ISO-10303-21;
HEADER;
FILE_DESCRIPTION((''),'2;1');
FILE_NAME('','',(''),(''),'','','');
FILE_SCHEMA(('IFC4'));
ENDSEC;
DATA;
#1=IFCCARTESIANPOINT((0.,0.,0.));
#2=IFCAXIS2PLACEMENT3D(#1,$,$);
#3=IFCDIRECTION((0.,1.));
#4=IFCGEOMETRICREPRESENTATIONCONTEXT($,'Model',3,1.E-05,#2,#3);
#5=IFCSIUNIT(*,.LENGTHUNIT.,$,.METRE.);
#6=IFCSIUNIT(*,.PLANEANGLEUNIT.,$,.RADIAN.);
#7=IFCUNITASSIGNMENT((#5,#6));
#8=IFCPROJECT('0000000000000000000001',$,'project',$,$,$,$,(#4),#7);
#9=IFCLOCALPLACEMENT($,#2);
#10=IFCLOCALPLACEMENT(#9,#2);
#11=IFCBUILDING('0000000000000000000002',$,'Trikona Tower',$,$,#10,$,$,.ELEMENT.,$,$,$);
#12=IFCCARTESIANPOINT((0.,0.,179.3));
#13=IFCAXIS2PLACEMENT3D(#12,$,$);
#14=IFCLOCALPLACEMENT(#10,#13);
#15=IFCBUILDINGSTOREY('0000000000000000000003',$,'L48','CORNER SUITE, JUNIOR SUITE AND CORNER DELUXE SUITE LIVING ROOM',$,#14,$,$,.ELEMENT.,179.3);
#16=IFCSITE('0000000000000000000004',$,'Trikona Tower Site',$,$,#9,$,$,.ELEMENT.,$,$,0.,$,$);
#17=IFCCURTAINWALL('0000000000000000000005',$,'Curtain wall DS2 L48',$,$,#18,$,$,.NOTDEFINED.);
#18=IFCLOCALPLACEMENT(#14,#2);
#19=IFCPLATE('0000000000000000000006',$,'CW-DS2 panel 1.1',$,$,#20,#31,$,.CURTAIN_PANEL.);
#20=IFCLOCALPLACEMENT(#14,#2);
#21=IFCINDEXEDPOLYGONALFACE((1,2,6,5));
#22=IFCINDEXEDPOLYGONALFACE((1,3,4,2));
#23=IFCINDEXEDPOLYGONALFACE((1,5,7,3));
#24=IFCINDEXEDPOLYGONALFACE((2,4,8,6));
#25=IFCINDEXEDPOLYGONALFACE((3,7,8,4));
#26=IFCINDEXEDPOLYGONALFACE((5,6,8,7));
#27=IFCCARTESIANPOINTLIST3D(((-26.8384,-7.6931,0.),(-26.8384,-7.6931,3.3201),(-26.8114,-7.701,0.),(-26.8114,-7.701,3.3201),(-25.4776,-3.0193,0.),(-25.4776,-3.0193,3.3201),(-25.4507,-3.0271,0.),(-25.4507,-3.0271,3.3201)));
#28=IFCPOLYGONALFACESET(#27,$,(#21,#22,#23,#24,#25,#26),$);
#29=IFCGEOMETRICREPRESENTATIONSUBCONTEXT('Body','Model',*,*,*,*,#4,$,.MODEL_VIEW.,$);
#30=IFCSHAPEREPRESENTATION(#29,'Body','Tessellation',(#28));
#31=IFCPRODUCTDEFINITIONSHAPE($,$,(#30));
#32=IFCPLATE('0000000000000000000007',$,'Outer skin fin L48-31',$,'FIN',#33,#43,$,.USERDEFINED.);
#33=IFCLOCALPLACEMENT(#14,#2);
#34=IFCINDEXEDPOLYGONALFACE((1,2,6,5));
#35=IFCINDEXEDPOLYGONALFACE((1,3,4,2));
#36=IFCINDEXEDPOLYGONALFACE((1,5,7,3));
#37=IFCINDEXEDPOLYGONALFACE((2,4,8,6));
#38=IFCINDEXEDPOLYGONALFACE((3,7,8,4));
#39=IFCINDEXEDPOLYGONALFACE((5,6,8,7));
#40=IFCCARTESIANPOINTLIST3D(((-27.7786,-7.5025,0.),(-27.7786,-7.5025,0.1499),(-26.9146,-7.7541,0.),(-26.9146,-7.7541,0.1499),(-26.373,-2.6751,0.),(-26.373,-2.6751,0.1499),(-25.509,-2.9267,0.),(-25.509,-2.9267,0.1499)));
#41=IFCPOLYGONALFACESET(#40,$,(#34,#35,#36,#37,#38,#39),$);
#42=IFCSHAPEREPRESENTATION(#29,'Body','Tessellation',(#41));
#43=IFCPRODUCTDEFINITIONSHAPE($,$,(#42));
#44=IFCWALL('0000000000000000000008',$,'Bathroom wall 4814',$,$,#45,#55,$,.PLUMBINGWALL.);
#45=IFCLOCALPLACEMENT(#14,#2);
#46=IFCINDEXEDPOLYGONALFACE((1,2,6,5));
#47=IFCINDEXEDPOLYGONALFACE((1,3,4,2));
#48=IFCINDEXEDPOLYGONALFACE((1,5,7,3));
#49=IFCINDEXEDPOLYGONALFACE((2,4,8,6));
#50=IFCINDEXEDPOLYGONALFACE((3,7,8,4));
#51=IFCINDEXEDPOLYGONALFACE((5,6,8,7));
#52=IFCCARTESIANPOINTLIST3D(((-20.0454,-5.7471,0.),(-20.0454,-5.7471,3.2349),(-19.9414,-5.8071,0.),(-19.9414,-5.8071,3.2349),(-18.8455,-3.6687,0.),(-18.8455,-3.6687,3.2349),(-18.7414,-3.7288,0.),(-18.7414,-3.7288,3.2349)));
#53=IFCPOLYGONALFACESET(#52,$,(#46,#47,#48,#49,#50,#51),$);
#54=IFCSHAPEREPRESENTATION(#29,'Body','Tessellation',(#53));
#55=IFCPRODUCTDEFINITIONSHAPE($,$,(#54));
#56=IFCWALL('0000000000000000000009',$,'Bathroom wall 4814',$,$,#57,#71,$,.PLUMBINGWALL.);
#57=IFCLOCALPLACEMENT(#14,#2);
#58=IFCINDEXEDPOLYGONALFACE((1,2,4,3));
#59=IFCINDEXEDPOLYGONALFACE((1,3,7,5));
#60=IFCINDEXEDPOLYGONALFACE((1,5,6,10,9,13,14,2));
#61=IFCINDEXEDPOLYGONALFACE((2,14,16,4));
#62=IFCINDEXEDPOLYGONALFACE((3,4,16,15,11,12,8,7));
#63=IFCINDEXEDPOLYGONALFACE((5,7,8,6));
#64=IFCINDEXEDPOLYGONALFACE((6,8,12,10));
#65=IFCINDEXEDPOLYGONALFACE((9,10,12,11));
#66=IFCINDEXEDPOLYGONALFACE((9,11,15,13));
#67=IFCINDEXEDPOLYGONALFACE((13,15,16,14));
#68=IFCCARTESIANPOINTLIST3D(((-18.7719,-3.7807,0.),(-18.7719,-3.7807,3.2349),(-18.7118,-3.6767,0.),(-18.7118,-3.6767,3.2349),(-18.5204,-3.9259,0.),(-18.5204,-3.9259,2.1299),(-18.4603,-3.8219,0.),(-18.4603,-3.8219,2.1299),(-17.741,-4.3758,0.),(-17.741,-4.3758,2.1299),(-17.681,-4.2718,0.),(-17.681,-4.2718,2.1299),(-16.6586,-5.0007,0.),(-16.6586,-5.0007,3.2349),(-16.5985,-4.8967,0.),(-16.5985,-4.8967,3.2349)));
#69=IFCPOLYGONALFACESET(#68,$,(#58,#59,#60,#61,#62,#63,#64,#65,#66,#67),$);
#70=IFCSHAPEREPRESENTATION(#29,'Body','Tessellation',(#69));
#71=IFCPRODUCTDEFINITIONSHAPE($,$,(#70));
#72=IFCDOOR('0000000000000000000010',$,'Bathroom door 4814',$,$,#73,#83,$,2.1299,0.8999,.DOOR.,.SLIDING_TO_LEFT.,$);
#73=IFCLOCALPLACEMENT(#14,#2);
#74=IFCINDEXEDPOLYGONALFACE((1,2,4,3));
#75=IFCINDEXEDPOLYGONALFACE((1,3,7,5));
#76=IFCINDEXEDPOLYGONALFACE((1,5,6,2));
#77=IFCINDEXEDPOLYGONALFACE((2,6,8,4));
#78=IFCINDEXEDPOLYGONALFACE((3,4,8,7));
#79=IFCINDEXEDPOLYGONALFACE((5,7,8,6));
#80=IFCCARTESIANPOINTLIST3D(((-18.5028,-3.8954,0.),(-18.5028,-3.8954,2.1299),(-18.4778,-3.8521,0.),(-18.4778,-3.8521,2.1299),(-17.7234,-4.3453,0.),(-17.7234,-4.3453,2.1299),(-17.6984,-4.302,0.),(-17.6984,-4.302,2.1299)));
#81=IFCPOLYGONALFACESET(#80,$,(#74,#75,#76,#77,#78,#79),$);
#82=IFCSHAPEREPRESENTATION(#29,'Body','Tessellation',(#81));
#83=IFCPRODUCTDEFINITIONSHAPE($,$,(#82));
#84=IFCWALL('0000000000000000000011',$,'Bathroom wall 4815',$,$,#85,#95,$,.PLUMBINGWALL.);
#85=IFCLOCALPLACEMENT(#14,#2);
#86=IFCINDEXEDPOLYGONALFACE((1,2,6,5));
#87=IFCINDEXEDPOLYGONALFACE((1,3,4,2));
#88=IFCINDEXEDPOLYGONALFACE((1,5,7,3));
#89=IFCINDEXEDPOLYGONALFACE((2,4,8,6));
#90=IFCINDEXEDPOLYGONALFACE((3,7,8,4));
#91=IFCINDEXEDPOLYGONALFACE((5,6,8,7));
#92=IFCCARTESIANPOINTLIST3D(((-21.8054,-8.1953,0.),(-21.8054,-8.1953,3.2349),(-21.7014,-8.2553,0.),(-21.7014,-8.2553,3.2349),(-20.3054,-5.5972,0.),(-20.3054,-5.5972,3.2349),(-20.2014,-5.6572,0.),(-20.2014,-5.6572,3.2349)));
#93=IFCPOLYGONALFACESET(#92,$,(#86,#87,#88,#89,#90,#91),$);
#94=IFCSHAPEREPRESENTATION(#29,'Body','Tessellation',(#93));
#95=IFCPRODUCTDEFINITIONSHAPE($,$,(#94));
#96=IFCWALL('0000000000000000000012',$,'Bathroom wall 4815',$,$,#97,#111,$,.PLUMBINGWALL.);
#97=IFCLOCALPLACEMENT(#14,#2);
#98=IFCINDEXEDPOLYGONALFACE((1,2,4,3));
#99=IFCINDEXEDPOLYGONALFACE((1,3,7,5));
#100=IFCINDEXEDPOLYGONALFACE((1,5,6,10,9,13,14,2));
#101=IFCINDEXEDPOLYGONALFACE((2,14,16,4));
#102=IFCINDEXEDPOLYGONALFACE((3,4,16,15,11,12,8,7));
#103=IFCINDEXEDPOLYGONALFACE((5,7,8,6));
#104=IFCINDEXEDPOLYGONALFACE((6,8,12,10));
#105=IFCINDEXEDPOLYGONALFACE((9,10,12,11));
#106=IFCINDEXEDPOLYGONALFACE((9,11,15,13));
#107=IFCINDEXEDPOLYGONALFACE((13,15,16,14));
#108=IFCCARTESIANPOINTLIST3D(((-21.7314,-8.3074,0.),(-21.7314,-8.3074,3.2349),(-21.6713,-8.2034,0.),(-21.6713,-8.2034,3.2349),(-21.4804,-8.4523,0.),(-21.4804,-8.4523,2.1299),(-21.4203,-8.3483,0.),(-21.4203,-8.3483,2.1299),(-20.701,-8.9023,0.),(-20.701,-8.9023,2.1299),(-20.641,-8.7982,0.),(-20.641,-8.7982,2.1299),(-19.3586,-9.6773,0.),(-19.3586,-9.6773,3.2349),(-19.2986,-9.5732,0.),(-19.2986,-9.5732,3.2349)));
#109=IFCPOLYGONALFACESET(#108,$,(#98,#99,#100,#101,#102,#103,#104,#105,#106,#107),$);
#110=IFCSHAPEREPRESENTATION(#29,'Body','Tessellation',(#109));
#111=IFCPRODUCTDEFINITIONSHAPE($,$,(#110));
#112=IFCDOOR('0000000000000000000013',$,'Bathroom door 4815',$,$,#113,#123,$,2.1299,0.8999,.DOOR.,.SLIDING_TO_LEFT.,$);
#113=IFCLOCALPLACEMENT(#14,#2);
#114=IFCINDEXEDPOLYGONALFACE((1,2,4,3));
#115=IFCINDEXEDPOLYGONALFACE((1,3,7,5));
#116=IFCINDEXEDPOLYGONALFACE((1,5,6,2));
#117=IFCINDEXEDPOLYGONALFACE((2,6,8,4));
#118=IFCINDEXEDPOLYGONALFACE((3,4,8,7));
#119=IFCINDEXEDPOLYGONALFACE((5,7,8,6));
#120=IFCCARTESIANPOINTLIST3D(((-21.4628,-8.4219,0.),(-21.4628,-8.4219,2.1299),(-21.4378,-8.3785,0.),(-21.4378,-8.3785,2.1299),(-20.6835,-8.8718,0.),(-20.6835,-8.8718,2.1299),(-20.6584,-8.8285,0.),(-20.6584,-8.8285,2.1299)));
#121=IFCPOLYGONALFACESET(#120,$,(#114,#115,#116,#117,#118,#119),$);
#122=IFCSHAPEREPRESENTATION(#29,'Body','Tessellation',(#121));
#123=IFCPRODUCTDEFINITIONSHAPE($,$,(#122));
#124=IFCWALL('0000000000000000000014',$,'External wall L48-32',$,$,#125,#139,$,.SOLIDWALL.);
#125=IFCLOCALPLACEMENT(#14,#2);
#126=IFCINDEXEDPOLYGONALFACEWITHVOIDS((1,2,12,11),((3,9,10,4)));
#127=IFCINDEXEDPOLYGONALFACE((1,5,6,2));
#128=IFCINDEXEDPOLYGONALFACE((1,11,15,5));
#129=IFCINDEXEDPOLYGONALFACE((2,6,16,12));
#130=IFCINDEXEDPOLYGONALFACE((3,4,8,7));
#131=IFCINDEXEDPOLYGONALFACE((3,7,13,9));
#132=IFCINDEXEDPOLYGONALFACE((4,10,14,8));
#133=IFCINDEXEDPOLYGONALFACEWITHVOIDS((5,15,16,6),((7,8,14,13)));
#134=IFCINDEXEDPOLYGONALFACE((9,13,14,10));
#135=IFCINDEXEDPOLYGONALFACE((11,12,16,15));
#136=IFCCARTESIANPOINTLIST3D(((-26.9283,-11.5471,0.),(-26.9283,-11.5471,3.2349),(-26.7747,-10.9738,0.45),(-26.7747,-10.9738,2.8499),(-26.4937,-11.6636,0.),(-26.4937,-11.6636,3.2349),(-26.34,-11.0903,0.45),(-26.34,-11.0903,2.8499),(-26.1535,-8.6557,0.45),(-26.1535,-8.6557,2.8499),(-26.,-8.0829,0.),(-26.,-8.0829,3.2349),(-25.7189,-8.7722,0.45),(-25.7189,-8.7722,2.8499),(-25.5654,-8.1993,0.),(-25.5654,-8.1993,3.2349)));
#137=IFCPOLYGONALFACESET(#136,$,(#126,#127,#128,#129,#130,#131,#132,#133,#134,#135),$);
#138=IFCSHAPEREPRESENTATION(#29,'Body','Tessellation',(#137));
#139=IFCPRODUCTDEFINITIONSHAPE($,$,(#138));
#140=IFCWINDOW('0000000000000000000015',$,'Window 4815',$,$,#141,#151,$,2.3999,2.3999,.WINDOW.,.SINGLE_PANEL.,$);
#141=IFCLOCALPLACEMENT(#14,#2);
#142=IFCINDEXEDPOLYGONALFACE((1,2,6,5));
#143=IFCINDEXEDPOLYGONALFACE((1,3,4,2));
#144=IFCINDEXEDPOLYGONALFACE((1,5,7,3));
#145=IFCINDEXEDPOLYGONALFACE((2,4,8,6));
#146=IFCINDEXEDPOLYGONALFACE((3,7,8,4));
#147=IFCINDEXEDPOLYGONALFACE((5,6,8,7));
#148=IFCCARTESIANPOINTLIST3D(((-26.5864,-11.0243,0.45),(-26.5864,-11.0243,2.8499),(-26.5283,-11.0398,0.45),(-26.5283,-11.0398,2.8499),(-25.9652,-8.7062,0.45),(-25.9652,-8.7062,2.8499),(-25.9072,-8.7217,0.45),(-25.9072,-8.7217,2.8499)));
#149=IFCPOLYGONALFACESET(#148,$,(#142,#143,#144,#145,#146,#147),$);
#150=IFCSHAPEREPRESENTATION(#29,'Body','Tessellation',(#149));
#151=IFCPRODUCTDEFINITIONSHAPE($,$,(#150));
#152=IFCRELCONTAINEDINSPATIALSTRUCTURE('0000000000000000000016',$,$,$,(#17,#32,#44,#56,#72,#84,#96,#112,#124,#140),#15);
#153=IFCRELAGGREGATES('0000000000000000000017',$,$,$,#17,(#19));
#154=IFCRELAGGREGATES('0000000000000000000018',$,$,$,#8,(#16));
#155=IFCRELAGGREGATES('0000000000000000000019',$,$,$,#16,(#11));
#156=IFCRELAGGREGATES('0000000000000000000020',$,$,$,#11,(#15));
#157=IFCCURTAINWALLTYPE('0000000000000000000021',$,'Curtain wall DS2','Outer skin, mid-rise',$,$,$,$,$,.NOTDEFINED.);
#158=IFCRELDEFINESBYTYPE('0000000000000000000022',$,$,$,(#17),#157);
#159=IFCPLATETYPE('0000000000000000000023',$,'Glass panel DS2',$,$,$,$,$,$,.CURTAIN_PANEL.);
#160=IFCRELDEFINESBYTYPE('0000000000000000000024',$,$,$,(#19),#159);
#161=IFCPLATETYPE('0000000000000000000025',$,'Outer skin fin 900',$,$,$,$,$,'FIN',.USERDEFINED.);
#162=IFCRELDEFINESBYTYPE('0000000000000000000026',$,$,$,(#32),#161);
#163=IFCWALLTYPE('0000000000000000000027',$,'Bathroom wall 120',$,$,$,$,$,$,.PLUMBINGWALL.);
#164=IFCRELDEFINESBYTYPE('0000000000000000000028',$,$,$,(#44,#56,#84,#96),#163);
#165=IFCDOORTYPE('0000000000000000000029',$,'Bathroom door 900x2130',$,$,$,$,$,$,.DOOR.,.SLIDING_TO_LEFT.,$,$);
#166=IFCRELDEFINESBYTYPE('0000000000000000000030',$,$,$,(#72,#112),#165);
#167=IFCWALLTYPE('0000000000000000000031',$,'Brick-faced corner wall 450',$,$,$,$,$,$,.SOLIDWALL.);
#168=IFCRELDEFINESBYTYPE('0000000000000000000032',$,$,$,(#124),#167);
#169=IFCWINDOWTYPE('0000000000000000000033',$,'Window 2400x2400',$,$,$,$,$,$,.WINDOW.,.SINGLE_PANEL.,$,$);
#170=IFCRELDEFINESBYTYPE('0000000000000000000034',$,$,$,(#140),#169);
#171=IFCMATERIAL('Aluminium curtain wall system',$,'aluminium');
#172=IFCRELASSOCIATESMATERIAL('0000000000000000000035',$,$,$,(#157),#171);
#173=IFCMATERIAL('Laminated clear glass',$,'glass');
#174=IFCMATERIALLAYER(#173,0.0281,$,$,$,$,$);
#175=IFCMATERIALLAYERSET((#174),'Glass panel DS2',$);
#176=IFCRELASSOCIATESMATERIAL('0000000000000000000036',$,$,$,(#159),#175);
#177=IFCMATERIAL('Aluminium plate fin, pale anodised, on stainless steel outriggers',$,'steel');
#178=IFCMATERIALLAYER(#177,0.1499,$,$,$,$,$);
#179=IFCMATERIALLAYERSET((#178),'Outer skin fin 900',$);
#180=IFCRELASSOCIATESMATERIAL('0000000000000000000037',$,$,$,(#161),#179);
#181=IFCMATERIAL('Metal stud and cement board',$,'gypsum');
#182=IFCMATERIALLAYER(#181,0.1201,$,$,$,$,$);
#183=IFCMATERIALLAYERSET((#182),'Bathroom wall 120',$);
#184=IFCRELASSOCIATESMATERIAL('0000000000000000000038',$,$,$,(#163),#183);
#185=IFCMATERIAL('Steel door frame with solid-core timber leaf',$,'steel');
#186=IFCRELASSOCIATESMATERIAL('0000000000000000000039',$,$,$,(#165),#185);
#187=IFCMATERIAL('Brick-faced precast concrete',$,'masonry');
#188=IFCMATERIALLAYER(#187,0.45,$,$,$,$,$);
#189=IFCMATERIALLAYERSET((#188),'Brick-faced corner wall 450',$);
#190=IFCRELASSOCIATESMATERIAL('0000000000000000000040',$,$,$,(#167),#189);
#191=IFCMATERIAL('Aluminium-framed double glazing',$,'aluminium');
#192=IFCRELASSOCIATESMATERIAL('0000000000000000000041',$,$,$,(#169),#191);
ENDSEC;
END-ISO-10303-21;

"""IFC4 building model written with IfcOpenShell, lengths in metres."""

from ifc_helpers import new_model, si_unit, direction, frame, frame_2d, origin, origin_2d, place, context, subcontext, project, spatial, rectangle, extrude, material, layer, layer_set, type_object, element, fill, aggregate, save


model = new_model("IFC4")

# Units and contexts
model_context = context("Model", 3, precision=1e-05, world=origin(), true_north=direction((0.0, 1.0)))
body_context = subcontext(model_context, "Body", "Model", "MODEL_VIEW")
ifc_project = project(units=[si_unit("LENGTHUNIT", "METRE"), si_unit("PLANEANGLEUNIT", "RADIAN")], contexts=[model_context])

# Site, building, storey
site_placement = place(None, origin())
site = spatial("IfcSite", under=ifc_project, at=site_placement, Name="Trikona Tower Site", CompositionType="ELEMENT", RefElevation=0.0)
building_placement = place(site_placement, origin())
building = spatial("IfcBuilding", under=site, at=building_placement, Name="Trikona Tower", CompositionType="ELEMENT")
storey_placement = place(building_placement, frame((0.0, 0.0, 179.3)))
storey = spatial("IfcBuildingStorey", under=building, at=storey_placement, Name="L48", Description="CORNER SUITE, JUNIOR SUITE AND CORNER DELUXE SUITE LIVING ROOM", CompositionType="ELEMENT", Elevation=179.3)

# Shared definitions
ifc_material_1 = material(Name="Aluminium curtain wall system", Category="aluminium")
curtain_wall_type = type_object("IfcCurtainWallType", Name="Curtain wall DS2", Description="Outer skin, mid-rise", PredefinedType="NOTDEFINED", material=ifc_material_1)

# Curtain wall
curtain_wall_1_placement = place(storey_placement, origin())
curtain_wall_1 = element("IfcCurtainWall", 1, at=curtain_wall_1_placement, inside=storey, type_object=curtain_wall_type, Name="Curtain wall DS2 L48", PredefinedType="NOTDEFINED")

# Plates
ifc_material_2 = material(Name="Laminated clear glass", Category="glass")
ifc_layer_1 = layer(ifc_material_2, 0.0281)
ifc_layer_set_1 = layer_set([ifc_layer_1], Name="Glass panel DS2")
plate_type_1 = type_object("IfcPlateType", Name="Glass panel DS2", PredefinedType="CURTAIN_PANEL", material=ifc_layer_set_1)
plate_1_placement = place(storey_placement, frame((-26.1445, -5.3601, 0.0), z_axis=(0.0, 0.0, 1.0), x_axis=(-0.279543, -0.960133, 0.0)))
plate_1 = element("IfcPlate", 2, at=plate_1_placement, type_object=plate_type_1, Name="CW-DS2 panel 1.1", PredefinedType="CURTAIN_PANEL", context=body_context, shape_type="SweptSolid", body=[
    extrude(rectangle(XDim=4.8679, YDim=0.0281, at=origin_2d()), origin(), (0.0, 0.0, 1.0), 3.3201),
])
aggregate(curtain_wall_1, [plate_1])
ifc_material_3 = material(Name="Aluminium plate fin, pale anodised, on stainless steel outriggers", Category="steel")
ifc_layer_2 = layer(ifc_material_3, 0.1499)
ifc_layer_set_2 = layer_set([ifc_layer_2], Name="Outer skin fin 900")
plate_type_2 = type_object("IfcPlateType", Name="Outer skin fin 900", ElementType="FIN", PredefinedType="USERDEFINED", material=ifc_layer_set_2)
plate_2_placement = place(storey_placement, frame((-26.6438, -5.2146, 0.0), z_axis=(0.0, 0.0, 1.0), x_axis=(-0.279554, -0.96013, 0.0)))
element("IfcPlate", 3, at=plate_2_placement, inside=storey, type_object=plate_type_2, Name="Outer skin fin L48-31", ObjectType="FIN", PredefinedType="USERDEFINED", context=body_context, shape_type="SweptSolid", body=[
    extrude(rectangle(XDim=5.0278, YDim=0.8999, at=origin_2d()), origin(), (0.0, 0.0, 1.0), 0.1499),
])

# Wall
ifc_material_4 = material(Name="Metal stud and cement board", Category="gypsum")
ifc_layer_3 = layer(ifc_material_4, 0.1201)
ifc_layer_set_3 = layer_set([ifc_layer_3], Name="Bathroom wall 120")
wall_type_1 = type_object("IfcWallType", Name="Bathroom wall 120", PredefinedType="PLUMBINGWALL", material=ifc_layer_set_3)
wall_1_placement = place(storey_placement, frame((-18.7935, -3.6987, 0.0), z_axis=(0.0, 0.0, 1.0), x_axis=(-0.500001, -0.866025, 0.0)))
element("IfcWall", 4, at=wall_1_placement, inside=storey, type_object=wall_type_1, Name="Bathroom wall 4814", PredefinedType="PLUMBINGWALL", context=body_context, shape_type="SweptSolid", body=[
    extrude(rectangle(XDim=2.3999, YDim=0.1201, at=frame_2d((1.2, 0.0))), origin(), (0.0, 0.0, 1.0), 3.2349),
])

# Wall, opening, door
wall_2_placement = place(storey_placement, frame((-16.6284, -4.9487, 0.0), z_axis=(0.0, 0.0, 1.0), x_axis=(-0.866049, 0.499959, 0.0)))
wall_2 = element("IfcWall", 5, at=wall_2_placement, inside=storey, type_object=wall_type_1, Name="Bathroom wall 4814", PredefinedType="PLUMBINGWALL", context=body_context, shape_type="SweptSolid", body=[
    extrude(rectangle(XDim=2.4402, YDim=0.1201, at=frame_2d((1.2202, 0.0))), origin(), (0.0, 0.0, 1.0), 3.2349),
])
opening_1_placement = place(wall_2_placement, frame((1.25, 0.0, 0.0)))
opening_1 = element("IfcOpeningElement", 6, at=opening_1_placement, cuts=wall_2, PredefinedType="OPENING", context=body_context, shape_type="SweptSolid", body=[
    extrude(rectangle(XDim=0.8999, YDim=2.1299, at=frame_2d((0.45, 1.0649))), frame((0.0, 0.0701, 0.0), z_axis=(0.0, -1.0, 0.0), x_axis=(1.0, 0.0, 0.0)), (0.0, 0.0, 1.0), 0.1401),
])
ifc_material_5 = material(Name="Steel door frame with solid-core timber leaf", Category="steel")
door_type_1 = type_object("IfcDoorType", Name="Bathroom door 900x2130", OperationType="SLIDING_TO_LEFT", PredefinedType="DOOR", material=ifc_material_5)
door_1_placement = place(opening_1_placement, origin())
door_1 = element("IfcDoor", 7, at=door_1_placement, inside=storey, type_object=door_type_1, Name="Bathroom door 4814", OperationType="SLIDING_TO_LEFT", OverallHeight=2.1299, OverallWidth=0.8999, PredefinedType="DOOR", context=body_context, shape_type="SweptSolid", body=[
    extrude(rectangle(XDim=0.8999, YDim=2.1299, at=frame_2d((0.45, 1.0649))), frame((0.0, 0.0249, 0.0), z_axis=(0.0, -1.0, 0.0), x_axis=(1.0, 0.0, 0.0)), (0.0, 0.0, 1.0), 0.05),
])
fill(opening_1, door_1)

# Wall
wall_3_placement = place(storey_placement, frame((-20.2534, -5.6272, 0.0), z_axis=(0.0, 0.0, 1.0), x_axis=(-0.49999, -0.866031, 0.0)))
element("IfcWall", 8, at=wall_3_placement, inside=storey, type_object=wall_type_1, Name="Bathroom wall 4815", PredefinedType="PLUMBINGWALL", context=body_context, shape_type="SweptSolid", body=[
    extrude(rectangle(XDim=3.0, YDim=0.1201, at=frame_2d((1.5, 0.0))), origin(), (0.0, 0.0, 1.0), 3.2349),
])

# Wall, opening, door
wall_4_placement = place(storey_placement, frame((-19.3286, -9.6252, 0.0), z_axis=(0.0, 0.0, 1.0), x_axis=(-0.866036, 0.499982, 0.0)))
wall_4 = element("IfcWall", 9, at=wall_4_placement, inside=storey, type_object=wall_type_1, Name="Bathroom wall 4815", PredefinedType="PLUMBINGWALL", context=body_context, shape_type="SweptSolid", body=[
    extrude(rectangle(XDim=2.7397, YDim=0.1201, at=frame_2d((1.3699, 0.0))), origin(), (0.0, 0.0, 1.0), 3.2349),
])
opening_2_placement = place(wall_4_placement, frame((1.55, 0.0, 0.0)))
opening_2 = element("IfcOpeningElement", 10, at=opening_2_placement, cuts=wall_4, PredefinedType="OPENING", context=body_context, shape_type="SweptSolid", body=[
    extrude(rectangle(XDim=0.8999, YDim=2.1299, at=frame_2d((0.45, 1.0649))), frame((0.0, 0.0701, 0.0), z_axis=(0.0, -1.0, 0.0), x_axis=(1.0, 0.0, 0.0)), (0.0, 0.0, 1.0), 0.1401),
])
door_2_placement = place(opening_2_placement, origin())
door_2 = element("IfcDoor", 11, at=door_2_placement, inside=storey, type_object=door_type_1, Name="Bathroom door 4815", OperationType="SLIDING_TO_LEFT", OverallHeight=2.1299, OverallWidth=0.8999, PredefinedType="DOOR", context=body_context, shape_type="SweptSolid", body=[
    extrude(rectangle(XDim=0.8999, YDim=2.1299, at=frame_2d((0.45, 1.0649))), frame((0.0, 0.0249, 0.0), z_axis=(0.0, -1.0, 0.0), x_axis=(1.0, 0.0, 0.0)), (0.0, 0.0, 1.0), 0.05),
])
fill(opening_2, door_2)

# Wall, opening, window
ifc_material_6 = material(Name="Brick-faced precast concrete", Category="masonry")
ifc_layer_4 = layer(ifc_material_6, 0.45)
ifc_layer_set_4 = layer_set([ifc_layer_4], Name="Brick-faced corner wall 450")
wall_type_2 = type_object("IfcWallType", Name="Brick-faced corner wall 450", PredefinedType="SOLIDWALL", material=ifc_layer_set_4)
wall_5_placement = place(storey_placement, frame((-25.7827, -8.1411, 0.0), z_axis=(0.0, 0.0, 1.0), x_axis=(-0.258823, -0.965925, 0.0)))
wall_5 = element("IfcWall", 12, at=wall_5_placement, inside=storey, type_object=wall_type_2, Name="External wall L48-32", PredefinedType="SOLIDWALL", context=body_context, shape_type="SweptSolid", body=[
    extrude(rectangle(XDim=3.5864, YDim=0.45, at=frame_2d((1.7932, 0.0))), origin(), (0.0, 0.0, 1.0), 3.2349),
])
opening_3_placement = place(wall_5_placement, frame((0.593, 0.0, 0.45)))
opening_3 = element("IfcOpeningElement", 13, at=opening_3_placement, cuts=wall_5, PredefinedType="OPENING", context=body_context, shape_type="SweptSolid", body=[
    extrude(rectangle(XDim=2.3999, YDim=2.3999, at=frame_2d((1.2, 1.2))), frame((0.0, 0.2349, 0.0), z_axis=(0.0, -1.0, 0.0), x_axis=(1.0, 0.0, 0.0)), (0.0, 0.0, 1.0), 0.47),
])
ifc_material_7 = material(Name="Aluminium-framed double glazing", Category="aluminium")
window_type_1 = type_object("IfcWindowType", Name="Window 2400x2400", PartitioningType="SINGLE_PANEL", PredefinedType="WINDOW", material=ifc_material_7)
window_1_placement = place(opening_3_placement, origin())
window_1 = element("IfcWindow", 14, at=window_1_placement, inside=storey, type_object=window_type_1, Name="Window 4815", OverallHeight=2.3999, OverallWidth=2.3999, PartitioningType="SINGLE_PANEL", PredefinedType="WINDOW", context=body_context, shape_type="SweptSolid", body=[
    extrude(rectangle(XDim=2.3999, YDim=2.3999, at=frame_2d((1.2, 1.2))), frame((0.0, 0.03, 0.0), z_axis=(0.0, -1.0, 0.0), x_axis=(1.0, 0.0, 0.0)), (0.0, 0.0, 1.0), 0.0601),
])
fill(opening_3, window_1)

save(model, "model.ifc")
